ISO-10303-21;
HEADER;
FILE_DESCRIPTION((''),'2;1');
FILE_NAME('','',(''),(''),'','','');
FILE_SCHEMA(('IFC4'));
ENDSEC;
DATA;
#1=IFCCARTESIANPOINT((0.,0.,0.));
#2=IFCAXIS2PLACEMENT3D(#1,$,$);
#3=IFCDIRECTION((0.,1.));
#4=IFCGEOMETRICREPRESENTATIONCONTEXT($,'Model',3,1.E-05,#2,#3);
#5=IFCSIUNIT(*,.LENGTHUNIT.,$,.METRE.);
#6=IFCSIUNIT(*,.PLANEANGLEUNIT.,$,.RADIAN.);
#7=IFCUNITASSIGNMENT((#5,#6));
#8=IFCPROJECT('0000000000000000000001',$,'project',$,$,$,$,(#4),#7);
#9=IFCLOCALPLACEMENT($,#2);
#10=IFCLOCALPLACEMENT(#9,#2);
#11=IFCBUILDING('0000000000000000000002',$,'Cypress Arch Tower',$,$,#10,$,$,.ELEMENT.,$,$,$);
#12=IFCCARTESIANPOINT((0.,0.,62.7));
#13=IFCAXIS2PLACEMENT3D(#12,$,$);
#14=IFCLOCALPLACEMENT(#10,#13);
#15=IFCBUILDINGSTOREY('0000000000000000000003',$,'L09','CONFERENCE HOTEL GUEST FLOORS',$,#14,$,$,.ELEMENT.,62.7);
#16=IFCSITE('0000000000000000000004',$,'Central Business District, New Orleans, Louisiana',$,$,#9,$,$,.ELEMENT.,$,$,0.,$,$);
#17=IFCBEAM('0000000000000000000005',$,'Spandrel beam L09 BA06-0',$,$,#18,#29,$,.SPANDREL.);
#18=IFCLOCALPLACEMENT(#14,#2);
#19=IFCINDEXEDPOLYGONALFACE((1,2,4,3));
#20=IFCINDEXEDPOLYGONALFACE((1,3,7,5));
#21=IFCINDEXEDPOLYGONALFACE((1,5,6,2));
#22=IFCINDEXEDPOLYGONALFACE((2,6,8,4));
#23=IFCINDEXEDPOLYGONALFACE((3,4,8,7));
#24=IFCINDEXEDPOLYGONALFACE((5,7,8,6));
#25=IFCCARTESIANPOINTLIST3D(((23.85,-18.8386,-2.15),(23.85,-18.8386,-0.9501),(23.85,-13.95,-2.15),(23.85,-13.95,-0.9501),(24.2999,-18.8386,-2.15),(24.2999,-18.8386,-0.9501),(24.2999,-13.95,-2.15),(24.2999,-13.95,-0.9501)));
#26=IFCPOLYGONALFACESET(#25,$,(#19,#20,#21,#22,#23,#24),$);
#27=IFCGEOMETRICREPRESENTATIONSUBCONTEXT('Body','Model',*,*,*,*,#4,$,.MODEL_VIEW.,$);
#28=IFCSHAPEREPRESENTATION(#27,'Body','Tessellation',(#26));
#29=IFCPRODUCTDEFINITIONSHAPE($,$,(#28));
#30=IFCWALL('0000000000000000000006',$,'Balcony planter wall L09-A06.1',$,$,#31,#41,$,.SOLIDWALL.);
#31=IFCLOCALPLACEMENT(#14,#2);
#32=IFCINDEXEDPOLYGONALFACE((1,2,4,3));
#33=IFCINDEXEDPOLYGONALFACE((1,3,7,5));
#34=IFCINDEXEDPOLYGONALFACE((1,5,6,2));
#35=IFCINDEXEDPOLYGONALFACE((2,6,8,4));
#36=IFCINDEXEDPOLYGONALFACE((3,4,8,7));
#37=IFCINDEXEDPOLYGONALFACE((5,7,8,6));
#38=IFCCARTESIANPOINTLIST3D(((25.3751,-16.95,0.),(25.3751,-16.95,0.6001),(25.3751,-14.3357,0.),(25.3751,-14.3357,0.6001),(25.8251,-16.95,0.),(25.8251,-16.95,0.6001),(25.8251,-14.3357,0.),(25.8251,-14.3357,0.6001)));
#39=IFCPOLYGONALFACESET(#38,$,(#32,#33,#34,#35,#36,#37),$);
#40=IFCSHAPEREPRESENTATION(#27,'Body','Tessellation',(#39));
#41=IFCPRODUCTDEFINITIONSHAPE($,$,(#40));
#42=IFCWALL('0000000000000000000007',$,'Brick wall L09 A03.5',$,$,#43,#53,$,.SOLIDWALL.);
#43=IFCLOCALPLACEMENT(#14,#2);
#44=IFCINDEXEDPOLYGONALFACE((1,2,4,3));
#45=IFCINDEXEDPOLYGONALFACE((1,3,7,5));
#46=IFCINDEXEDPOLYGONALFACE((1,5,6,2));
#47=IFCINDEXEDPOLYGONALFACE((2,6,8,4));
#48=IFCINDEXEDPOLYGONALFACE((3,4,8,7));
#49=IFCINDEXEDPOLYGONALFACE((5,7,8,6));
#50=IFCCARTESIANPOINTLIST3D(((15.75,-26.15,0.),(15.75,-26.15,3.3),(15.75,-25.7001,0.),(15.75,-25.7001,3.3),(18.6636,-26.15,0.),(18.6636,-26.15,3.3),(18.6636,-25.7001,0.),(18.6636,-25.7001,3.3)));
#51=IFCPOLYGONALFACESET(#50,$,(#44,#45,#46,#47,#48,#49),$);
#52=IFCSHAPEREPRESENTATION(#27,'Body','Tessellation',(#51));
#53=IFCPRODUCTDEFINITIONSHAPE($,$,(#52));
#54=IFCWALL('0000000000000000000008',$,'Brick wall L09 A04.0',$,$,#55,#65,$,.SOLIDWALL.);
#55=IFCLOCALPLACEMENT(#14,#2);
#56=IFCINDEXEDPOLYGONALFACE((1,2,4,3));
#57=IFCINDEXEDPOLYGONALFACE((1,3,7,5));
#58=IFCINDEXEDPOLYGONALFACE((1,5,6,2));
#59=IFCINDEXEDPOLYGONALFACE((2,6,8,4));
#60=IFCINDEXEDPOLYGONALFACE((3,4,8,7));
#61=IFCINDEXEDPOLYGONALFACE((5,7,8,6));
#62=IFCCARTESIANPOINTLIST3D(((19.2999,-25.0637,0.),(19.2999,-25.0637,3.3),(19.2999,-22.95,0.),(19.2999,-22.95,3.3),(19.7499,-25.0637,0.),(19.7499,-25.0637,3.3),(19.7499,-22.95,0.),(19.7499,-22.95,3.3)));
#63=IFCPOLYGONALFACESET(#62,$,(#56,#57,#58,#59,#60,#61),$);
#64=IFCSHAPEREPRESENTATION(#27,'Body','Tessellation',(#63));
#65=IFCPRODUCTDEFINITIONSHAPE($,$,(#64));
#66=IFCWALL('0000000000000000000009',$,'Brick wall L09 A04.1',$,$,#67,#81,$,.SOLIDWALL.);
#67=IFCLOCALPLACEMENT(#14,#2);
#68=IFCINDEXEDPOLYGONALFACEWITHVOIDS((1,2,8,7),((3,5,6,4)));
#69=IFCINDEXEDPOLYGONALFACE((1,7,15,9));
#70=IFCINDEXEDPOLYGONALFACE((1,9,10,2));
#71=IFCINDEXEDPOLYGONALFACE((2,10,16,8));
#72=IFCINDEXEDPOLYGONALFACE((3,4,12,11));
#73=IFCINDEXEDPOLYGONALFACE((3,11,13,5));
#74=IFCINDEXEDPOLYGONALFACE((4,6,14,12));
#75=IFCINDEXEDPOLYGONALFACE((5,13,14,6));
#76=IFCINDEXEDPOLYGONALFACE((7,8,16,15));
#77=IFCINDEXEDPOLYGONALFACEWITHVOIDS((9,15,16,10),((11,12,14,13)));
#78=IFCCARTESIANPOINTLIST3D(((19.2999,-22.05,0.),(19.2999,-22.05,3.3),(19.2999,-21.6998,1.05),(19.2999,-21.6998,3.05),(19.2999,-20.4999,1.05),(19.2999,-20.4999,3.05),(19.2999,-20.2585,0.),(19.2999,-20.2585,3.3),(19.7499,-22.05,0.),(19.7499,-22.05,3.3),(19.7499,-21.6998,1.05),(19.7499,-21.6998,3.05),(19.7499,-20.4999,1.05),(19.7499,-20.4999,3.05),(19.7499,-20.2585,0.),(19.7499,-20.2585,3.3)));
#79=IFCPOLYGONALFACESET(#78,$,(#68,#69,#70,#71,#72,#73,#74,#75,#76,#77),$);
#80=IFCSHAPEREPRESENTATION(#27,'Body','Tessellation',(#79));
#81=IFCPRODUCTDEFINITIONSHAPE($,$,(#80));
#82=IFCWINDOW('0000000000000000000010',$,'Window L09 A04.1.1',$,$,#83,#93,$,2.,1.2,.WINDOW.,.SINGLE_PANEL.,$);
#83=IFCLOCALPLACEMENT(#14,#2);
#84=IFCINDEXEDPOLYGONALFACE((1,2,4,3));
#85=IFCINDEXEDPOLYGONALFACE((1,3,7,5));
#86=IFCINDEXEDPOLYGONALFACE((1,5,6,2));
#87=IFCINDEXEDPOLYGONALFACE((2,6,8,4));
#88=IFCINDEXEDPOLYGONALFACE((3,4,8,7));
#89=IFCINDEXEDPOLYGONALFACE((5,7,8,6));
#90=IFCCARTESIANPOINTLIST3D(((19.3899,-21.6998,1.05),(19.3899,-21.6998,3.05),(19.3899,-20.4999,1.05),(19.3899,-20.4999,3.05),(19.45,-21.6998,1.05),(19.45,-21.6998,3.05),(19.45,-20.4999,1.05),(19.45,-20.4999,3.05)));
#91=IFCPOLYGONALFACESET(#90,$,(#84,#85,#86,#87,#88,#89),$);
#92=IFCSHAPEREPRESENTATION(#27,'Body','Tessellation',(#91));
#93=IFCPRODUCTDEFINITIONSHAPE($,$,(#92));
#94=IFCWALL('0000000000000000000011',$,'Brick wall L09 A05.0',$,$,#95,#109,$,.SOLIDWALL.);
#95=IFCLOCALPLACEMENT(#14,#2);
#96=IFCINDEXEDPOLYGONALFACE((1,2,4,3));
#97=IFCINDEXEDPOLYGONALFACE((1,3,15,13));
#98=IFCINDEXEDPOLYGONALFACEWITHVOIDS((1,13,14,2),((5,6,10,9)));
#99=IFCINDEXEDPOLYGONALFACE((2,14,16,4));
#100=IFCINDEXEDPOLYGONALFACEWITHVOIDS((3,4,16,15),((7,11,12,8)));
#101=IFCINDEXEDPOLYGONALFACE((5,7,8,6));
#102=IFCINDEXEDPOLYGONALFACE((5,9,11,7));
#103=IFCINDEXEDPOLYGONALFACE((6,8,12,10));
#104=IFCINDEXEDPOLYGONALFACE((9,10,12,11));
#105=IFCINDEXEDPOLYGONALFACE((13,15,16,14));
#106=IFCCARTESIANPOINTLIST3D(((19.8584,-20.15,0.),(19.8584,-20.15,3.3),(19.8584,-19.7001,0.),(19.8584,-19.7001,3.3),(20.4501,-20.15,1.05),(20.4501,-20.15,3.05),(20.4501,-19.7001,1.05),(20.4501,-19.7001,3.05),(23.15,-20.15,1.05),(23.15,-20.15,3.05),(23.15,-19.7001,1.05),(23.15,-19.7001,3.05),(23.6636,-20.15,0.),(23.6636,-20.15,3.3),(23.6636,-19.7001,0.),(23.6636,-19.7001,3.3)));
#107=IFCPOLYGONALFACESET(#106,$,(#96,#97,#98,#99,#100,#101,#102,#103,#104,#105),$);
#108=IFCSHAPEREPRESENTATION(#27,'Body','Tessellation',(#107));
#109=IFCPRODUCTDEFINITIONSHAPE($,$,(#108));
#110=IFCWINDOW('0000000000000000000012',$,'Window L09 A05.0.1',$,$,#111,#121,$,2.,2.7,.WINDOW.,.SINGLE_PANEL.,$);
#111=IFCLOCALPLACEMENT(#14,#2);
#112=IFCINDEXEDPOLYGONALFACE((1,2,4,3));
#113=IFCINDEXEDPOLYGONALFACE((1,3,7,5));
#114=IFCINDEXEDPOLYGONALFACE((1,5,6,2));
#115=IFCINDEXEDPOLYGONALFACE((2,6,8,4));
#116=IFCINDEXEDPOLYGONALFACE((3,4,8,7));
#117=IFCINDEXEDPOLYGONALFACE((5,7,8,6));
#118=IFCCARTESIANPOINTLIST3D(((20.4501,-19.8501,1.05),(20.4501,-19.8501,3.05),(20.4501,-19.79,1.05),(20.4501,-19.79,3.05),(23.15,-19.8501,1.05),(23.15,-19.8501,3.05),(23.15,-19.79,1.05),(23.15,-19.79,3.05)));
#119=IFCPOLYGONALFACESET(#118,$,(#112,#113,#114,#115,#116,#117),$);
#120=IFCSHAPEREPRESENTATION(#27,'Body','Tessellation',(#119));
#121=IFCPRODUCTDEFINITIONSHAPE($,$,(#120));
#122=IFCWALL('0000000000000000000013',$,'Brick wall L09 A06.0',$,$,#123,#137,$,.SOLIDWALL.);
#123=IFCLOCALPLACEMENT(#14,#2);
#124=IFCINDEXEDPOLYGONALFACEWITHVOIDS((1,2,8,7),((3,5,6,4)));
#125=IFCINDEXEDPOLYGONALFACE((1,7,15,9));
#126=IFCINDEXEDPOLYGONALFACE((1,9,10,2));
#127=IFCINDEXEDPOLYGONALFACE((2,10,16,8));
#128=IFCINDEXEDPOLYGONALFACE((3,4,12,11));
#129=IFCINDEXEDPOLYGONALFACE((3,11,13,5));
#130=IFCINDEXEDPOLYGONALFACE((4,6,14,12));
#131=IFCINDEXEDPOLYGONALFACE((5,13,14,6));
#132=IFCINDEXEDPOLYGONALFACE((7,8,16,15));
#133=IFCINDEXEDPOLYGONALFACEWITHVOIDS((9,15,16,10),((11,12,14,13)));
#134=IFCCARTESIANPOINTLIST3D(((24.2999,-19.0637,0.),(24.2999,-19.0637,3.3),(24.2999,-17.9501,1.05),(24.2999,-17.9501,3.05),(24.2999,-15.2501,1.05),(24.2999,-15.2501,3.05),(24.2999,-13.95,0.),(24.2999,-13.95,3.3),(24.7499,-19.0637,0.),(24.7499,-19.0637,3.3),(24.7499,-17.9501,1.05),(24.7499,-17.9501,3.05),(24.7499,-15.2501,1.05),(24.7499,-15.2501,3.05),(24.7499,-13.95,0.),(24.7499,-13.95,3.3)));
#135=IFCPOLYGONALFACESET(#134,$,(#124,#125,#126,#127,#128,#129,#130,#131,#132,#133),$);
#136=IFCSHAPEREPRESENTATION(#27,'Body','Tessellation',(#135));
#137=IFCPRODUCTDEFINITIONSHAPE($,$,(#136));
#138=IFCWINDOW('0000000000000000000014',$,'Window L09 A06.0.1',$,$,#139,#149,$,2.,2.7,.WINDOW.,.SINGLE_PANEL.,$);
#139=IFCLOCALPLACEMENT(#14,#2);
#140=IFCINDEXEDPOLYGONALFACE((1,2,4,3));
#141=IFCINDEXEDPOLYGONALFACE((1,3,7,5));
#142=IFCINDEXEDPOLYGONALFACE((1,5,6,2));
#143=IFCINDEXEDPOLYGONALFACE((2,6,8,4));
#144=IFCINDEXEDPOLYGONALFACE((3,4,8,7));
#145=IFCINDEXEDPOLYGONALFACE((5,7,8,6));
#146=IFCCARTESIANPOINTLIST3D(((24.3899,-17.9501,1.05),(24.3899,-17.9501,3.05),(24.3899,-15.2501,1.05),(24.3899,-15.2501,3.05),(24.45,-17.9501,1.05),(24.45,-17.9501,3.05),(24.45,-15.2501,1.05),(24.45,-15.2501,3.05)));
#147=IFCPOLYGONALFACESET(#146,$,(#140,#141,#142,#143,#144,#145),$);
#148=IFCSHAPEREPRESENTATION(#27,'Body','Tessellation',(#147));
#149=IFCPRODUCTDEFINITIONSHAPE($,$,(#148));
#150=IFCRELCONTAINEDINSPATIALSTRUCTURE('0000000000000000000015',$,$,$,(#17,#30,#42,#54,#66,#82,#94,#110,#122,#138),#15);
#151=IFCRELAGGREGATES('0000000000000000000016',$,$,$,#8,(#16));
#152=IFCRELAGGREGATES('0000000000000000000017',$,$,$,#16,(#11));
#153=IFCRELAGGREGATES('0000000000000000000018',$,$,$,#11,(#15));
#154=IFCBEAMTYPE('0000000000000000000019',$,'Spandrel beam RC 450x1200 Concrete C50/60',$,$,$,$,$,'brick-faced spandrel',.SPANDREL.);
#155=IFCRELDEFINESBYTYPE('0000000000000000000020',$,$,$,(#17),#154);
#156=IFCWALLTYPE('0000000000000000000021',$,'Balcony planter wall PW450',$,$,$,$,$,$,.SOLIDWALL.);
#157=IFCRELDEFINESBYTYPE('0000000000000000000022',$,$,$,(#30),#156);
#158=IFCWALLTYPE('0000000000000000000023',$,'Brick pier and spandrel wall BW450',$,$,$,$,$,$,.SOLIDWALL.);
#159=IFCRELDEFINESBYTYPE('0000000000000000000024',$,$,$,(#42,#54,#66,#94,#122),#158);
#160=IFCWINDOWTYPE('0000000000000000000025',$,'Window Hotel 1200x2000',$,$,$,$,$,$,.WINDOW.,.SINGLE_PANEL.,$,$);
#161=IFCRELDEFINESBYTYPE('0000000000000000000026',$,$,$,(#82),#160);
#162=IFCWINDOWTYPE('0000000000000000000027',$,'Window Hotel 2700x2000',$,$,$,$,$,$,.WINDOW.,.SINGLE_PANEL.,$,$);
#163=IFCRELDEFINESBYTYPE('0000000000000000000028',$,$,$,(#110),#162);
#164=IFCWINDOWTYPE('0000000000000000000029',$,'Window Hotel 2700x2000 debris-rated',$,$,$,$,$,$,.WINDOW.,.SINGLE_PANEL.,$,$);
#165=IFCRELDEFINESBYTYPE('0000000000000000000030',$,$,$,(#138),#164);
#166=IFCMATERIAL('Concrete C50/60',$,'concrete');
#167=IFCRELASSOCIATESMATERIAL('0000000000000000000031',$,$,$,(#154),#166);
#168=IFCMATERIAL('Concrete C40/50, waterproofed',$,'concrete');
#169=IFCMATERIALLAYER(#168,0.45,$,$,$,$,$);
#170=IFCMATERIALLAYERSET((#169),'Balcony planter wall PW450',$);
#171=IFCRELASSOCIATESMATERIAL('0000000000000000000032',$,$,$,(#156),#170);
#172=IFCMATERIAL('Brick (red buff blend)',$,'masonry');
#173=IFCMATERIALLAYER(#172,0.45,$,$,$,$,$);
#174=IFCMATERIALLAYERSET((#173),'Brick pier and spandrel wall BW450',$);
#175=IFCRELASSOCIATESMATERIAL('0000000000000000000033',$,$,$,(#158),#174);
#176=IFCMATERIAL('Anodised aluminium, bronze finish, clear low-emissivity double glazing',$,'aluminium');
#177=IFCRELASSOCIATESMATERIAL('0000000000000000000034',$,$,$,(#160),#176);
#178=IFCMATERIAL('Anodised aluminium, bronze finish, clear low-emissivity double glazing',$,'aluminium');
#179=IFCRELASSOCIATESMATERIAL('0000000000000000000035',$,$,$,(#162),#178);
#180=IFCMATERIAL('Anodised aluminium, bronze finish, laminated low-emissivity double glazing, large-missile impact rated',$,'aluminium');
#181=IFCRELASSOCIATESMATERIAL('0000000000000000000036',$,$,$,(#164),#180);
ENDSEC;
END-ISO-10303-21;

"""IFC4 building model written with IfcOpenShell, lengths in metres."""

from ifc_helpers import new_model, si_unit, direction, frame, frame_2d, origin, origin_2d, place, context, subcontext, project, spatial, rectangle, extrude, material, layer, layer_set, material_profile, profile_set, type_object, element, fill, save


model = new_model("IFC4")

# Units and contexts
model_context = context("Model", 3, precision=1e-05, world=origin(), true_north=direction((0.0, 1.0)))
body_context = subcontext(model_context, "Body", "Model", "MODEL_VIEW")
ifc_project = project(units=[si_unit("LENGTHUNIT", "METRE"), si_unit("PLANEANGLEUNIT", "RADIAN")], contexts=[model_context])

# Site, building, storey
site_placement = place(None, origin())
site = spatial("IfcSite", under=ifc_project, at=site_placement, Name="Central Business District, New Orleans, Louisiana", CompositionType="ELEMENT", RefElevation=0.0)
building_placement = place(site_placement, origin())
building = spatial("IfcBuilding", under=site, at=building_placement, Name="Cypress Arch Tower", CompositionType="ELEMENT")
storey_placement = place(building_placement, frame((0.0, 0.0, 62.7)))
storey = spatial("IfcBuildingStorey", under=building, at=storey_placement, Name="L09", Description="CONFERENCE HOTEL GUEST FLOORS", CompositionType="ELEMENT", Elevation=62.7)

# Beam
ifc_material_1 = material(Name="Concrete C50/60", Category="concrete")
ifc_material_profile_1 = material_profile(ifc_material_1, rectangle(XDim=0.45, YDim=1.2, at=origin_2d()), Name="RC 450x1200")
ifc_profile_set_1 = profile_set([ifc_material_profile_1], Name="Concrete C50/60")
beam_type = type_object("IfcBeamType", Name="Spandrel beam RC 450x1200 Concrete C50/60", ElementType="brick-faced spandrel", PredefinedType="SPANDREL", material=ifc_profile_set_1)
beam_1_placement = place(storey_placement, frame((24.075, -18.8386, -1.55), z_axis=(0.0, 1.0, 0.0), x_axis=(-1.0, 0.0, 0.0)))
element("IfcBeam", 1, at=beam_1_placement, inside=storey, type_object=beam_type, Name="Spandrel beam L09 BA06-0", PredefinedType="SPANDREL", context=body_context, shape_type="SweptSolid", body=[
    extrude(rectangle(XDim=0.45, YDim=1.2, at=origin_2d()), origin(), (0.0, 0.0, 1.0), 4.8887),
])

# Walls
ifc_material_2 = material(Name="Concrete C40/50, waterproofed", Category="concrete")
ifc_layer_1 = layer(ifc_material_2, 0.45)
ifc_layer_set_1 = layer_set([ifc_layer_1], Name="Balcony planter wall PW450")
wall_type_1 = type_object("IfcWallType", Name="Balcony planter wall PW450", PredefinedType="SOLIDWALL", material=ifc_layer_set_1)
wall_1_placement = place(storey_placement, frame((25.6001, -16.95, 0.0), z_axis=(0.0, 0.0, 1.0), x_axis=(0.0, 1.0, 0.0)))
element("IfcWall", 2, at=wall_1_placement, inside=storey, type_object=wall_type_1, Name="Balcony planter wall L09-A06.1", PredefinedType="SOLIDWALL", context=body_context, shape_type="SweptSolid", body=[
    extrude(rectangle(XDim=2.6143, YDim=0.45, at=frame_2d((1.3071, 0.0))), origin(), (0.0, 0.0, 1.0), 0.6001),
])
ifc_material_3 = material(Name="Brick (red buff blend)", Category="masonry")
ifc_layer_2 = layer(ifc_material_3, 0.45)
ifc_layer_set_2 = layer_set([ifc_layer_2], Name="Brick pier and spandrel wall BW450")
wall_type_2 = type_object("IfcWallType", Name="Brick pier and spandrel wall BW450", PredefinedType="SOLIDWALL", material=ifc_layer_set_2)
wall_2_placement = place(storey_placement, frame((15.75, -25.925, 0.0), z_axis=(0.0, 0.0, 1.0), x_axis=(1.0, 0.0, 0.0)))
element("IfcWall", 3, at=wall_2_placement, inside=storey, type_object=wall_type_2, Name="Brick wall L09 A03.5", PredefinedType="SOLIDWALL", context=body_context, shape_type="SweptSolid", body=[
    extrude(rectangle(XDim=2.9136, YDim=0.45, at=frame_2d((1.4568, 0.0))), origin(), (0.0, 0.0, 1.0), 3.3),
])
wall_3_placement = place(storey_placement, frame((19.5249, -25.0637, 0.0), z_axis=(0.0, 0.0, 1.0), x_axis=(0.0, 1.0, 0.0)))
element("IfcWall", 4, at=wall_3_placement, inside=storey, type_object=wall_type_2, Name="Brick wall L09 A04.0", PredefinedType="SOLIDWALL", context=body_context, shape_type="SweptSolid", body=[
    extrude(rectangle(XDim=2.1138, YDim=0.45, at=frame_2d((1.0569, 0.0))), origin(), (0.0, 0.0, 1.0), 3.3),
])

# Walls, openings, windows
wall_4_placement = place(storey_placement, frame((19.5249, -22.05, 0.0), z_axis=(0.0, 0.0, 1.0), x_axis=(0.0, 1.0, 0.0)))
wall_4 = element("IfcWall", 5, at=wall_4_placement, inside=storey, type_object=wall_type_2, Name="Brick wall L09 A04.1", PredefinedType="SOLIDWALL", context=body_context, shape_type="SweptSolid", body=[
    extrude(rectangle(XDim=1.7915, YDim=0.45, at=frame_2d((0.8958, 0.0))), origin(), (0.0, 0.0, 1.0), 3.3),
])
opening_1_placement = place(wall_4_placement, frame((0.3501, 0.0, 1.05)))
opening_1 = element("IfcOpeningElement", 6, at=opening_1_placement, cuts=wall_4, PredefinedType="OPENING", context=body_context, shape_type="SweptSolid", body=[
    extrude(rectangle(XDim=1.2, YDim=2.0, at=frame_2d((0.6001, 1.0))), frame((0.0, 0.2349, 0.0), z_axis=(0.0, -1.0, 0.0), x_axis=(1.0, 0.0, 0.0)), (0.0, 0.0, 1.0), 0.47),
])
ifc_material_4 = material(Name="Anodised aluminium, bronze finish, clear low-emissivity double glazing", Category="aluminium")
window_type_1 = type_object("IfcWindowType", Name="Window Hotel 1200x2000", PartitioningType="SINGLE_PANEL", PredefinedType="WINDOW", material=ifc_material_4)
window_1_placement = place(opening_1_placement, origin())
window_1 = element("IfcWindow", 7, at=window_1_placement, inside=storey, type_object=window_type_1, Name="Window L09 A04.1.1", OverallHeight=2.0, OverallWidth=1.2, PartitioningType="SINGLE_PANEL", PredefinedType="WINDOW", context=body_context, shape_type="SweptSolid", body=[
    extrude(rectangle(XDim=1.2, YDim=2.0, at=frame_2d((0.6001, 1.0))), frame((0.0, 0.135, 0.0), z_axis=(0.0, -1.0, 0.0), x_axis=(1.0, 0.0, 0.0)), (0.0, 0.0, 1.0), 0.0601),
])
fill(opening_1, window_1)
wall_5_placement = place(storey_placement, frame((19.8584, -19.925, 0.0), z_axis=(0.0, 0.0, 1.0), x_axis=(1.0, 0.0, 0.0)))
wall_5 = element("IfcWall", 8, at=wall_5_placement, inside=storey, type_object=wall_type_2, Name="Brick wall L09 A05.0", PredefinedType="SOLIDWALL", context=body_context, shape_type="SweptSolid", body=[
    extrude(rectangle(XDim=3.8052, YDim=0.45, at=frame_2d((1.9026, 0.0))), origin(), (0.0, 0.0, 1.0), 3.3),
])
opening_2_placement = place(wall_5_placement, frame((0.5916, 0.0, 1.05)))
opening_2 = element("IfcOpeningElement", 9, at=opening_2_placement, cuts=wall_5, PredefinedType="OPENING", context=body_context, shape_type="SweptSolid", body=[
    extrude(rectangle(XDim=2.7, YDim=2.0, at=frame_2d((1.3501, 1.0))), frame((0.0, 0.2349, 0.0), z_axis=(0.0, -1.0, 0.0), x_axis=(1.0, 0.0, 0.0)), (0.0, 0.0, 1.0), 0.47),
])
ifc_material_5 = material(Name="Anodised aluminium, bronze finish, clear low-emissivity double glazing", Category="aluminium")
window_type_2 = type_object("IfcWindowType", Name="Window Hotel 2700x2000", PartitioningType="SINGLE_PANEL", PredefinedType="WINDOW", material=ifc_material_5)
window_2_placement = place(opening_2_placement, origin())
window_2 = element("IfcWindow", 10, at=window_2_placement, inside=storey, type_object=window_type_2, Name="Window L09 A05.0.1", OverallHeight=2.0, OverallWidth=2.7, PartitioningType="SINGLE_PANEL", PredefinedType="WINDOW", context=body_context, shape_type="SweptSolid", body=[
    extrude(rectangle(XDim=2.7, YDim=2.0, at=frame_2d((1.3501, 1.0))), frame((0.0, 0.135, 0.0), z_axis=(0.0, -1.0, 0.0), x_axis=(1.0, 0.0, 0.0)), (0.0, 0.0, 1.0), 0.0601),
])
fill(opening_2, window_2)
wall_6_placement = place(storey_placement, frame((24.5249, -19.0637, 0.0), z_axis=(0.0, 0.0, 1.0), x_axis=(0.0, 1.0, 0.0)))
wall_6 = element("IfcWall", 11, at=wall_6_placement, inside=storey, type_object=wall_type_2, Name="Brick wall L09 A06.0", PredefinedType="SOLIDWALL", context=body_context, shape_type="SweptSolid", body=[
    extrude(rectangle(XDim=5.1138, YDim=0.45, at=frame_2d((2.5569, 0.0))), origin(), (0.0, 0.0, 1.0), 3.3),
])
opening_3_placement = place(wall_6_placement, frame((1.1135, 0.0, 1.05)))
opening_3 = element("IfcOpeningElement", 12, at=opening_3_placement, cuts=wall_6, PredefinedType="OPENING", context=body_context, shape_type="SweptSolid", body=[
    extrude(rectangle(XDim=2.7, YDim=2.0, at=frame_2d((1.3501, 1.0))), frame((0.0, 0.2349, 0.0), z_axis=(0.0, -1.0, 0.0), x_axis=(1.0, 0.0, 0.0)), (0.0, 0.0, 1.0), 0.47),
])
ifc_material_6 = material(Name="Anodised aluminium, bronze finish, laminated low-emissivity double glazing, large-missile impact rated", Category="aluminium")
window_type_3 = type_object("IfcWindowType", Name="Window Hotel 2700x2000 debris-rated", PartitioningType="SINGLE_PANEL", PredefinedType="WINDOW", material=ifc_material_6)
window_3_placement = place(opening_3_placement, origin())
window_3 = element("IfcWindow", 13, at=window_3_placement, inside=storey, type_object=window_type_3, Name="Window L09 A06.0.1", OverallHeight=2.0, OverallWidth=2.7, PartitioningType="SINGLE_PANEL", PredefinedType="WINDOW", context=body_context, shape_type="SweptSolid", body=[
    extrude(rectangle(XDim=2.7, YDim=2.0, at=frame_2d((1.3501, 1.0))), frame((0.0, 0.135, 0.0), z_axis=(0.0, -1.0, 0.0), x_axis=(1.0, 0.0, 0.0)), (0.0, 0.0, 1.0), 0.0601),
])
fill(opening_3, window_3)

save(model, "model.ifc")
